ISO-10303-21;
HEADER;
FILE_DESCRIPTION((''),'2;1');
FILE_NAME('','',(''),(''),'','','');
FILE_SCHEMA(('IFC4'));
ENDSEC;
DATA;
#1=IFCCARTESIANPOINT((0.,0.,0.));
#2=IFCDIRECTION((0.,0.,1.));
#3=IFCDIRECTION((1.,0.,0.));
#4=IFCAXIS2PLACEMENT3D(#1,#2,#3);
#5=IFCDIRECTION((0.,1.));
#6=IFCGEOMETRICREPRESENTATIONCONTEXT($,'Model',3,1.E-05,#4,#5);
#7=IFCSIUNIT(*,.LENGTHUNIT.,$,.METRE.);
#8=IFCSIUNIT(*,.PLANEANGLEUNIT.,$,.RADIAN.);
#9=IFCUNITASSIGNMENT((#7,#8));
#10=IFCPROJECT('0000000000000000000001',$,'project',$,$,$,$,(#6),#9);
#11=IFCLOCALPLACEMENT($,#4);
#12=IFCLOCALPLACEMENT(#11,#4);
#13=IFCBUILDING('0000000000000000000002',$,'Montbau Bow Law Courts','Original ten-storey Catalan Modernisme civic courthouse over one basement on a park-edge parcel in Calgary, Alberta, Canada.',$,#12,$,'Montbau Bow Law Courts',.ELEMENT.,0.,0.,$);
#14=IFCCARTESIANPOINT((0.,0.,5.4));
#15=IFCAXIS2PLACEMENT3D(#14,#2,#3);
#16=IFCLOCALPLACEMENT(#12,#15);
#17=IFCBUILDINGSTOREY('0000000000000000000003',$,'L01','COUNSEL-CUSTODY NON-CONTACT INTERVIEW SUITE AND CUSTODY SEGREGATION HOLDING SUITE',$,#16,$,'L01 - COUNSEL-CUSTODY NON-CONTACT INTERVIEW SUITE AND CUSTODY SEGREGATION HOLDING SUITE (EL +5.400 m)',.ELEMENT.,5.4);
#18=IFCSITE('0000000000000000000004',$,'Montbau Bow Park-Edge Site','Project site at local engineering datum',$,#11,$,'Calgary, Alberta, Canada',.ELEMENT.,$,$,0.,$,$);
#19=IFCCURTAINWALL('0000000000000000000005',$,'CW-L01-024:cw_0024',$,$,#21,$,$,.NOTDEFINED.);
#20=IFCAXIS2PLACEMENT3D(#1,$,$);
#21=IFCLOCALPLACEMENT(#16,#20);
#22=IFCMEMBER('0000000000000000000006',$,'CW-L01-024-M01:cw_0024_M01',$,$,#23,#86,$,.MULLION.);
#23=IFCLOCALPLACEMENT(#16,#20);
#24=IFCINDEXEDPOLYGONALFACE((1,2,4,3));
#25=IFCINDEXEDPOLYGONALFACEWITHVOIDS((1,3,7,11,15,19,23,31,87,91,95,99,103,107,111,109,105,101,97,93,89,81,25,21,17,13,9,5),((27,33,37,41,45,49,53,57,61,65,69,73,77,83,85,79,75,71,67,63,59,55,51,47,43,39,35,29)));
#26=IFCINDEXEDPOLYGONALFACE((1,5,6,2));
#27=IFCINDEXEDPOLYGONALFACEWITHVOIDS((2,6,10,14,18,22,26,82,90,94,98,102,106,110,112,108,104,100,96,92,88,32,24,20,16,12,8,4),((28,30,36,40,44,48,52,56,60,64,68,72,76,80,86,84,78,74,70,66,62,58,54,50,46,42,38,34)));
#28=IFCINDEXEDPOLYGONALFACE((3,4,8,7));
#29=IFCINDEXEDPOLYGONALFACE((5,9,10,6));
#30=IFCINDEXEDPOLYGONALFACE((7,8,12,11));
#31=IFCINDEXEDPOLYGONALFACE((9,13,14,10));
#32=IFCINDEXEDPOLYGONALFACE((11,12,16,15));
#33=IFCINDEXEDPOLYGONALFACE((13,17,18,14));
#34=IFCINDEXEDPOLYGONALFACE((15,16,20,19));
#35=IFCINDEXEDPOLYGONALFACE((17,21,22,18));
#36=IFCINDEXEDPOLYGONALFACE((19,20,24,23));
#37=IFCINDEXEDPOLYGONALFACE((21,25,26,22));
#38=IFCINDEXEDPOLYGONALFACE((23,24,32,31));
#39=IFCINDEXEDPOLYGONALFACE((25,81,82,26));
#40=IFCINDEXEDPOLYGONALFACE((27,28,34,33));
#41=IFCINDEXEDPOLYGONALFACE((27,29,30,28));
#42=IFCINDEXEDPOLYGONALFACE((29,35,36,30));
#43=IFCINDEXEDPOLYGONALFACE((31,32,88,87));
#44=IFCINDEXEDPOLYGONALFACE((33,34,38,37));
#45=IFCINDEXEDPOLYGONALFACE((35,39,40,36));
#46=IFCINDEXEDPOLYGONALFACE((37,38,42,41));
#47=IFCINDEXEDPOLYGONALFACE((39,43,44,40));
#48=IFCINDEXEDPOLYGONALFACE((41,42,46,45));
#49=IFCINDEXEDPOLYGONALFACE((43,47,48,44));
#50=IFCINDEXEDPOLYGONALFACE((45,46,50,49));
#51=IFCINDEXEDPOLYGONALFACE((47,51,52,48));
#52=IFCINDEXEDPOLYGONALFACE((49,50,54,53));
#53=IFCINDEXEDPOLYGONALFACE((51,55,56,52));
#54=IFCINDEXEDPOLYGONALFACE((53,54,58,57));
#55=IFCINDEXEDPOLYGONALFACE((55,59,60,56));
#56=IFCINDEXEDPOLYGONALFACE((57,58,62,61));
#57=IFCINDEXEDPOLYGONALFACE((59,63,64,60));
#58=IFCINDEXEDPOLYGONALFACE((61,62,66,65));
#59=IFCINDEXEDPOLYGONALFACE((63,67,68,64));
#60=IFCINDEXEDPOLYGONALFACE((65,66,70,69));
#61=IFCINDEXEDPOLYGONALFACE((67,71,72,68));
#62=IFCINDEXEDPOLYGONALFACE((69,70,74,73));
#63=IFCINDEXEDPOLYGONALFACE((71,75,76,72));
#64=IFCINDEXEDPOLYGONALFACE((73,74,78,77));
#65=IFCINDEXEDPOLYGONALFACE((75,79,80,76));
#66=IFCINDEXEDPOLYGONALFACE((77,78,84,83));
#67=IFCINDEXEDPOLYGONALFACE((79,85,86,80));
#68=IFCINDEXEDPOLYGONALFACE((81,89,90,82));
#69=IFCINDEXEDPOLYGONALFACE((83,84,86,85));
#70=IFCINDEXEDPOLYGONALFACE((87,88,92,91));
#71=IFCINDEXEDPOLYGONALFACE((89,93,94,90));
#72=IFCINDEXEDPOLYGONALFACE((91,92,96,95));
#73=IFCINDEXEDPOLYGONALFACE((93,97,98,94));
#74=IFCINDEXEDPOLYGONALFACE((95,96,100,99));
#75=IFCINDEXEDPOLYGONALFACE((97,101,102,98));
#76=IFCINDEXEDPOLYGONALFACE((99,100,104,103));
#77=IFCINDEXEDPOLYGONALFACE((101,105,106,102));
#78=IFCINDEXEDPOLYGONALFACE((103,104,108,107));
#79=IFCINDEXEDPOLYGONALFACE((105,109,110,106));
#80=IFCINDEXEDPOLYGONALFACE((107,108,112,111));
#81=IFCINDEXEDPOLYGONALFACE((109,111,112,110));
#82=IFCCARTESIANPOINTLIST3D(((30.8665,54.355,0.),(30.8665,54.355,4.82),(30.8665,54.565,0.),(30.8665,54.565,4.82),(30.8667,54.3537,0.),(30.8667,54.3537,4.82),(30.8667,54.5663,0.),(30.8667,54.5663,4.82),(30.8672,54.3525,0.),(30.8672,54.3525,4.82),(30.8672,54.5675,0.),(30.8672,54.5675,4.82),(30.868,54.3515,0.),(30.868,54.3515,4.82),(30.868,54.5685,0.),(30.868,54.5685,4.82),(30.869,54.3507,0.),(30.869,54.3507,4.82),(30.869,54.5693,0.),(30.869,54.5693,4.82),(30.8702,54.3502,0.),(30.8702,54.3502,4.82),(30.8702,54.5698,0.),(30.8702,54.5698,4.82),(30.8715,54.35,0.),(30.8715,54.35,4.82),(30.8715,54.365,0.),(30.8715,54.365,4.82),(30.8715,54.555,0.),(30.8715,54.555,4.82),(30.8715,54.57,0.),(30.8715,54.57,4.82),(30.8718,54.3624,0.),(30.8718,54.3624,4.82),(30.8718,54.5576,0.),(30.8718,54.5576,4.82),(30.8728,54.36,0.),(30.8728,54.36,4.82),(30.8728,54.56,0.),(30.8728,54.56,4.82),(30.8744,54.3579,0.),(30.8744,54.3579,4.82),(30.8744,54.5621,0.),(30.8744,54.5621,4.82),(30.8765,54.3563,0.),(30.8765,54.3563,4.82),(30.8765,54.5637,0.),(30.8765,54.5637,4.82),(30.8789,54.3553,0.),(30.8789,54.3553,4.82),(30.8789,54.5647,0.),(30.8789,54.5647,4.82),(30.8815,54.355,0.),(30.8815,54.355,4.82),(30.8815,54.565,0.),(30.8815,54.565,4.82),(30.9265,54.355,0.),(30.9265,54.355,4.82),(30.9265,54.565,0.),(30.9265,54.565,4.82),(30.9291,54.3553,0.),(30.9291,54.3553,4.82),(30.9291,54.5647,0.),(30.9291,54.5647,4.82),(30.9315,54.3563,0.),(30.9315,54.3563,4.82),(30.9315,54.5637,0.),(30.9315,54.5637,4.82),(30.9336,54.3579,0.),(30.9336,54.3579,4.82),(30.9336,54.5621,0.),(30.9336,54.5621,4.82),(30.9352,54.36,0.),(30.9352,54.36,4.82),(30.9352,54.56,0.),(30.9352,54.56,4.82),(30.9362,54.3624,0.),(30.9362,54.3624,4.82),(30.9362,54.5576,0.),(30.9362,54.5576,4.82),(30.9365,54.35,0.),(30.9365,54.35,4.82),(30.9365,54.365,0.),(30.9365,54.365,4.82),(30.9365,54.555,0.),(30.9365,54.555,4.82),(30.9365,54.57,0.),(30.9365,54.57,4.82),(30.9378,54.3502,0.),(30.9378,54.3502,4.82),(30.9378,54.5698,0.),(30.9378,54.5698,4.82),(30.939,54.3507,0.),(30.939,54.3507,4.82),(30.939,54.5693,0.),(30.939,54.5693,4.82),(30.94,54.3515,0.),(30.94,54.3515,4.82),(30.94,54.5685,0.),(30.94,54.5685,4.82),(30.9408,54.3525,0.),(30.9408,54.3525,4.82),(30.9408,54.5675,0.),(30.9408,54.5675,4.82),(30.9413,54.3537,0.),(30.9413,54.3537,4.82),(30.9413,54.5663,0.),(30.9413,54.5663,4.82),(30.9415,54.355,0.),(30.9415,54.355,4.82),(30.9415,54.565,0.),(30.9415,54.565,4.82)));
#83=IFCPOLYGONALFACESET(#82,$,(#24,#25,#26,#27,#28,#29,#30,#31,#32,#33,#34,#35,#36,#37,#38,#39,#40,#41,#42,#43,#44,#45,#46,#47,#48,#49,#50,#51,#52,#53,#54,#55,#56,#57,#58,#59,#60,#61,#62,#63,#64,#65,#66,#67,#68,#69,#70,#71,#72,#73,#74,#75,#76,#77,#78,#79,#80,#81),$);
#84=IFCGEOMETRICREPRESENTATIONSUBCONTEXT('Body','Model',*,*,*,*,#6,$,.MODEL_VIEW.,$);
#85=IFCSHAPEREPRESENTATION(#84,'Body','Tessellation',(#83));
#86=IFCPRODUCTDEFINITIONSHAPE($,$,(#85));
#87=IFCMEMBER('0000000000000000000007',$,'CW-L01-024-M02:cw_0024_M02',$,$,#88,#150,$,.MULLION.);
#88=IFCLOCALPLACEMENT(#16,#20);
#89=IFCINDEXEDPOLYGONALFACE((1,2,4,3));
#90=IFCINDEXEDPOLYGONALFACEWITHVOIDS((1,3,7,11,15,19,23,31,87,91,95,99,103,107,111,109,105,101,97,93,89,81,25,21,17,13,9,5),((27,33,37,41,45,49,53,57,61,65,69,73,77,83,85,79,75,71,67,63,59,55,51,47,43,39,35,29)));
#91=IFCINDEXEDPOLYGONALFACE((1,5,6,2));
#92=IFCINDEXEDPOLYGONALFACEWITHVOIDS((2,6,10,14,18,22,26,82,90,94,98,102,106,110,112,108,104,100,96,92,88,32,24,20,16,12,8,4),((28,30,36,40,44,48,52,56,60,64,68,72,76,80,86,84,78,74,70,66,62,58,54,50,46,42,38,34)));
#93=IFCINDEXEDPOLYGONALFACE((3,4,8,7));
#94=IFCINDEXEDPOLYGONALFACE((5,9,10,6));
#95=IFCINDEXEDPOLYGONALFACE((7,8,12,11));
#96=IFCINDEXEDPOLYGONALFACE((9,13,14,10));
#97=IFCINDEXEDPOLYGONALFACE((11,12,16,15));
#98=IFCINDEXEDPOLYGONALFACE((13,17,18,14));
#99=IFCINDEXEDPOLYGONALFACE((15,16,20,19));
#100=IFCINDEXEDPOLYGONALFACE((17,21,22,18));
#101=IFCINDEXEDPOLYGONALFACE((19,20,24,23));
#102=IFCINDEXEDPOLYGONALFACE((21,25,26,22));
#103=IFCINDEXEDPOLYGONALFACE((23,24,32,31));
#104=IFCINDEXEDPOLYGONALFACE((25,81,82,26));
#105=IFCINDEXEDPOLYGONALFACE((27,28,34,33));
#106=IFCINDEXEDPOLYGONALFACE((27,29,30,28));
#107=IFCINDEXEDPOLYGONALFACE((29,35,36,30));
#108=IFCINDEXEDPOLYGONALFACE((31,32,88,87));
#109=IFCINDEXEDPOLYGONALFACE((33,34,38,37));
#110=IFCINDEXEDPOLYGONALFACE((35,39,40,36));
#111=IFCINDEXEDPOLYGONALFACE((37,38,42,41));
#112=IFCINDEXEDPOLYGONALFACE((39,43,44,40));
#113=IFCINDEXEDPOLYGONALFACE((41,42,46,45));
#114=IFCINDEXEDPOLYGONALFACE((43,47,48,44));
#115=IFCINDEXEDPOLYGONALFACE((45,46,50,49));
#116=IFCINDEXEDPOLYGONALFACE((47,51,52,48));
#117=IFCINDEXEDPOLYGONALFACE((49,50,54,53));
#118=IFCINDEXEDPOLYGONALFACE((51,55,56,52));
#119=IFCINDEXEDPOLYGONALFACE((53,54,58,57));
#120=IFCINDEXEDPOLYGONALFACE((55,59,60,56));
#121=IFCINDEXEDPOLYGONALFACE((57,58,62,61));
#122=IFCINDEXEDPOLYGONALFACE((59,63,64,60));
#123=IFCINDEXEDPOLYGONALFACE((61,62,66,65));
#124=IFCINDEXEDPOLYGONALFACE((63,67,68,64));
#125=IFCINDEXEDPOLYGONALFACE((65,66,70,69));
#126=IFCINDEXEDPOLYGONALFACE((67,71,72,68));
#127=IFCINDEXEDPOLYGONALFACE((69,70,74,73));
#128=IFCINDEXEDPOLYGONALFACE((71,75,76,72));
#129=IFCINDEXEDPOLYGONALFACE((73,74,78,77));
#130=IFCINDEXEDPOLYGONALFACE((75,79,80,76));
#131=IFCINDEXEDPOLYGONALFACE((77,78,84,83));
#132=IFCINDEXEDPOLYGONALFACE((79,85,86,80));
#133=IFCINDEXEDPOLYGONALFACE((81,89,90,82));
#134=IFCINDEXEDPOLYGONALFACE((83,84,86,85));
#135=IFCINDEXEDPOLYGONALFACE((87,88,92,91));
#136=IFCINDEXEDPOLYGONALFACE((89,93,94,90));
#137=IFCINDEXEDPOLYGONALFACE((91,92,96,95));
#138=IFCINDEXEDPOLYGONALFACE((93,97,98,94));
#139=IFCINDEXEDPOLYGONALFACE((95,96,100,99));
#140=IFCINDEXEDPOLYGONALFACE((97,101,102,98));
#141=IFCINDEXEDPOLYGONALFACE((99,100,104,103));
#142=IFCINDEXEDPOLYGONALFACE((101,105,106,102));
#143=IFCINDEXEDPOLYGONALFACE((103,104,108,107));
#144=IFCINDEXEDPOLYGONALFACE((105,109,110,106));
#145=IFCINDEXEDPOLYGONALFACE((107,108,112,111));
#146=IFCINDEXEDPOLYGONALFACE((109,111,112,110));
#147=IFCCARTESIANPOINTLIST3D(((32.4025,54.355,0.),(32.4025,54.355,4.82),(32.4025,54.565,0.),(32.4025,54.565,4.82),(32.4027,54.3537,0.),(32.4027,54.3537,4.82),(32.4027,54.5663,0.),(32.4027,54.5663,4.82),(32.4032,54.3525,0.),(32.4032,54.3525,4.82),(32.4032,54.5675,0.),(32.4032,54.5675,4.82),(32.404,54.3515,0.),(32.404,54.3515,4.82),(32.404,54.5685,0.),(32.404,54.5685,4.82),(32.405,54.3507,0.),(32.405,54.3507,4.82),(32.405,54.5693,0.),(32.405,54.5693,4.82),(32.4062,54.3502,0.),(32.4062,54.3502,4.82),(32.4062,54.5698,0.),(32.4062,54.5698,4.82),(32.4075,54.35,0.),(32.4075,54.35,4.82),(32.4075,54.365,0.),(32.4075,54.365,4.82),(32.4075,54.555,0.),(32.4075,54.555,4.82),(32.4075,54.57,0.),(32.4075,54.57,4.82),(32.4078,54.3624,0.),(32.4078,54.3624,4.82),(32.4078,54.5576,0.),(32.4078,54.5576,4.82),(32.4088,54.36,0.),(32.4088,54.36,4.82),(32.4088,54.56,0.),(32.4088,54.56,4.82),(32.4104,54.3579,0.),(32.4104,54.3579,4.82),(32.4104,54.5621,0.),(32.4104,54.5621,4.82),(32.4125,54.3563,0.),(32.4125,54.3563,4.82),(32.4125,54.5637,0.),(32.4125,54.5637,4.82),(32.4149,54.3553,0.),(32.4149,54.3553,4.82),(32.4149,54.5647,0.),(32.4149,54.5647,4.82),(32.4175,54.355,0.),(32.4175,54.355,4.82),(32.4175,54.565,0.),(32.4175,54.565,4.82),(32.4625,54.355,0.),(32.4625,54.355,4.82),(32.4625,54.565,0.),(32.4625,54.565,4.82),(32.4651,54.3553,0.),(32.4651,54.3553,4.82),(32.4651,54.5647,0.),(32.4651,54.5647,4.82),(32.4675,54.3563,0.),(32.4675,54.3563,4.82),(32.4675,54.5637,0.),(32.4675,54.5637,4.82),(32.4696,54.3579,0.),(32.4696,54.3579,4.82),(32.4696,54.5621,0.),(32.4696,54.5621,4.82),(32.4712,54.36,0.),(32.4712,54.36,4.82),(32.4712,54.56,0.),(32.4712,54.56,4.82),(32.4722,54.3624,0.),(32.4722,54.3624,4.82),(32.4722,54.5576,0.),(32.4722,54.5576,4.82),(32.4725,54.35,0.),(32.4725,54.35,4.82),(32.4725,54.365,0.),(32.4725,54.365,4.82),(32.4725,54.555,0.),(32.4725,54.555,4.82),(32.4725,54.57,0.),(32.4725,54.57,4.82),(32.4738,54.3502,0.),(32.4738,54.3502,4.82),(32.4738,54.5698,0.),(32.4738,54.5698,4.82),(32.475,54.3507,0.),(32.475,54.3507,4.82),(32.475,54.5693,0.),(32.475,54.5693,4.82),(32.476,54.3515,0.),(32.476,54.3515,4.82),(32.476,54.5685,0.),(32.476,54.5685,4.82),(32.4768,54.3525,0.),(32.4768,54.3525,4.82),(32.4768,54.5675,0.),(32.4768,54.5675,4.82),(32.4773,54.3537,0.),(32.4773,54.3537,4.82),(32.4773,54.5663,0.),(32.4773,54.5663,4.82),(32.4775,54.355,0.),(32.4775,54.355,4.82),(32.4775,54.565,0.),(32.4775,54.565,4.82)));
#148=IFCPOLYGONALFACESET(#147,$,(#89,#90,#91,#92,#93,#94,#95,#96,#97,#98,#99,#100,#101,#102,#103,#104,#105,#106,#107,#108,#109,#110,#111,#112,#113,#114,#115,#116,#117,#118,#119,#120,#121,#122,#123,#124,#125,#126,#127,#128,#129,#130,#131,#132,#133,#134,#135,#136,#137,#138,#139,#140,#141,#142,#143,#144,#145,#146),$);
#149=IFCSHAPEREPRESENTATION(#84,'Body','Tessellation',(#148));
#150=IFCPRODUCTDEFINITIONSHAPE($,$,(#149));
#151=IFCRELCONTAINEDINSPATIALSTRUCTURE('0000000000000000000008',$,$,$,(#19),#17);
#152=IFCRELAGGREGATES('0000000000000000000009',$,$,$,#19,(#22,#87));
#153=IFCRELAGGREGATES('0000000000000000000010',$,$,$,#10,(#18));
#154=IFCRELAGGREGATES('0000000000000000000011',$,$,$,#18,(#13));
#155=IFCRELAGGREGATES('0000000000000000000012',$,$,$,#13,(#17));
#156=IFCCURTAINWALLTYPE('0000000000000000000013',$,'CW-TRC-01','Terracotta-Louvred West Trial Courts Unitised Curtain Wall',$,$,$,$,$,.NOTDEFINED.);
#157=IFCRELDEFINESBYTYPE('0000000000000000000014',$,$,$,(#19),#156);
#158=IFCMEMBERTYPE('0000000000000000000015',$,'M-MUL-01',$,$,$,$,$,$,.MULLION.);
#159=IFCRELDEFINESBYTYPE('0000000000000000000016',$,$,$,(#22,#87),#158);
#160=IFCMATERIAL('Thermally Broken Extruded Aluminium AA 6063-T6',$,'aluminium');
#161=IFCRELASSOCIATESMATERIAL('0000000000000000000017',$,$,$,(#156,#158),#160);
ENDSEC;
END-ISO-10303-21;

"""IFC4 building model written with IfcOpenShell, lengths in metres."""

from ifc_helpers import new_model, si_unit, direction, frame, origin_with_axes, origin_2d_with_axis, place, context, subcontext, project, spatial, hollow_rectangle, extrude, material, material_profile, profile_set, type_object, element, aggregate, save


model = new_model("IFC4")

# Units and contexts
model_context = context("Model", 3, precision=1e-05, world=origin_with_axes(), true_north=direction((0.0, 1.0)))
body_context = subcontext(model_context, "Body", "Model", "MODEL_VIEW")
ifc_project = project(units=[si_unit("LENGTHUNIT", "METRE"), si_unit("PLANEANGLEUNIT", "RADIAN")], contexts=[model_context])

# Site, building, storey
site_placement = place(None, origin_with_axes())
site = spatial("IfcSite", under=ifc_project, at=site_placement, Name="Montbau Bow Park-Edge Site", Description="Project site at local engineering datum", LongName="Calgary, Alberta, Canada", CompositionType="ELEMENT", RefElevation=0.0)
building_placement = place(site_placement, origin_with_axes())
building = spatial("IfcBuilding", under=site, at=building_placement, Name="Montbau Bow Law Courts", Description="Original ten-storey Catalan Modernisme civic courthouse over one basement on a park-edge parcel in Calgary, Alberta, Canada.", LongName="Montbau Bow Law Courts", CompositionType="ELEMENT", ElevationOfRefHeight=0.0, ElevationOfTerrain=0.0)
storey_placement = place(building_placement, frame((0.0, 0.0, 5.4), z_axis=(0.0, 0.0, 1.0), x_axis=(1.0, 0.0, 0.0)))
storey = spatial("IfcBuildingStorey", under=building, at=storey_placement, Name="L01", Description="COUNSEL-CUSTODY NON-CONTACT INTERVIEW SUITE AND CUSTODY SEGREGATION HOLDING SUITE", LongName="L01 - COUNSEL-CUSTODY NON-CONTACT INTERVIEW SUITE AND CUSTODY SEGREGATION HOLDING SUITE (EL +5.400 m)", CompositionType="ELEMENT", Elevation=5.4)

# Curtain wall, members
ifc_material_1 = material(Name="Thermally Broken Extruded Aluminium AA 6063-T6", Category="aluminium")
curtain_wall_type = type_object("IfcCurtainWallType", Name="CW-TRC-01", Description="Terracotta-Louvred West Trial Courts Unitised Curtain Wall", PredefinedType="NOTDEFINED", material=ifc_material_1)
curtain_wall_1_placement = place(None, frame((30.867, 54.46, 5.4), z_axis=(0.0, 0.0, 1.0), x_axis=(1.0, 0.0, 0.0)))
curtain_wall_1 = element("IfcCurtainWall", 1, at=curtain_wall_1_placement, inside=storey, type_object=curtain_wall_type, Name="CW-L01-024:cw_0024", PredefinedType="NOTDEFINED")
ifc_material_profile_1 = material_profile(ifc_material_1, hollow_rectangle(XDim=0.075, YDim=0.22, WallThickness=0.005, InnerFilletRadius=0.01, OuterFilletRadius=0.005, at=origin_2d_with_axis()), Name="CWM-220X75", Category="Main", Priority=0)
ifc_profile_set_1 = profile_set([ifc_material_profile_1], Name="Thermally Broken Extruded Aluminium AA 6063-T6")
member_type_1 = type_object("IfcMemberType", Name="M-MUL-01", PredefinedType="MULLION", material=ifc_profile_set_1)
member_1_placement = place(None, frame((30.904, 54.46, 5.4), z_axis=(0.0, 0.0, 1.0), x_axis=(1.0, 0.0, 0.0)))
member_1 = element("IfcMember", 2, at=member_1_placement, type_object=member_type_1, Name="CW-L01-024-M01:cw_0024_M01", PredefinedType="MULLION", context=body_context, shape_type="SweptSolid", body=[
    extrude(hollow_rectangle(XDim=0.075, YDim=0.22, WallThickness=0.005, InnerFilletRadius=0.01, OuterFilletRadius=0.005, at=origin_2d_with_axis()), origin_with_axes(), (0.0, 0.0, 1.0), 4.82),
])
member_2_placement = place(None, frame((32.44, 54.46, 5.4), z_axis=(0.0, 0.0, 1.0), x_axis=(1.0, 0.0, 0.0)))
member_2 = element("IfcMember", 3, at=member_2_placement, type_object=member_type_1, Name="CW-L01-024-M02:cw_0024_M02", PredefinedType="MULLION", context=body_context, shape_type="SweptSolid", body=[
    extrude(hollow_rectangle(XDim=0.075, YDim=0.22, WallThickness=0.005, InnerFilletRadius=0.01, OuterFilletRadius=0.005, at=origin_2d_with_axis()), origin_with_axes(), (0.0, 0.0, 1.0), 4.82),
])

aggregate(curtain_wall_1, [member_1, member_2])

save(model, "model.ifc")
